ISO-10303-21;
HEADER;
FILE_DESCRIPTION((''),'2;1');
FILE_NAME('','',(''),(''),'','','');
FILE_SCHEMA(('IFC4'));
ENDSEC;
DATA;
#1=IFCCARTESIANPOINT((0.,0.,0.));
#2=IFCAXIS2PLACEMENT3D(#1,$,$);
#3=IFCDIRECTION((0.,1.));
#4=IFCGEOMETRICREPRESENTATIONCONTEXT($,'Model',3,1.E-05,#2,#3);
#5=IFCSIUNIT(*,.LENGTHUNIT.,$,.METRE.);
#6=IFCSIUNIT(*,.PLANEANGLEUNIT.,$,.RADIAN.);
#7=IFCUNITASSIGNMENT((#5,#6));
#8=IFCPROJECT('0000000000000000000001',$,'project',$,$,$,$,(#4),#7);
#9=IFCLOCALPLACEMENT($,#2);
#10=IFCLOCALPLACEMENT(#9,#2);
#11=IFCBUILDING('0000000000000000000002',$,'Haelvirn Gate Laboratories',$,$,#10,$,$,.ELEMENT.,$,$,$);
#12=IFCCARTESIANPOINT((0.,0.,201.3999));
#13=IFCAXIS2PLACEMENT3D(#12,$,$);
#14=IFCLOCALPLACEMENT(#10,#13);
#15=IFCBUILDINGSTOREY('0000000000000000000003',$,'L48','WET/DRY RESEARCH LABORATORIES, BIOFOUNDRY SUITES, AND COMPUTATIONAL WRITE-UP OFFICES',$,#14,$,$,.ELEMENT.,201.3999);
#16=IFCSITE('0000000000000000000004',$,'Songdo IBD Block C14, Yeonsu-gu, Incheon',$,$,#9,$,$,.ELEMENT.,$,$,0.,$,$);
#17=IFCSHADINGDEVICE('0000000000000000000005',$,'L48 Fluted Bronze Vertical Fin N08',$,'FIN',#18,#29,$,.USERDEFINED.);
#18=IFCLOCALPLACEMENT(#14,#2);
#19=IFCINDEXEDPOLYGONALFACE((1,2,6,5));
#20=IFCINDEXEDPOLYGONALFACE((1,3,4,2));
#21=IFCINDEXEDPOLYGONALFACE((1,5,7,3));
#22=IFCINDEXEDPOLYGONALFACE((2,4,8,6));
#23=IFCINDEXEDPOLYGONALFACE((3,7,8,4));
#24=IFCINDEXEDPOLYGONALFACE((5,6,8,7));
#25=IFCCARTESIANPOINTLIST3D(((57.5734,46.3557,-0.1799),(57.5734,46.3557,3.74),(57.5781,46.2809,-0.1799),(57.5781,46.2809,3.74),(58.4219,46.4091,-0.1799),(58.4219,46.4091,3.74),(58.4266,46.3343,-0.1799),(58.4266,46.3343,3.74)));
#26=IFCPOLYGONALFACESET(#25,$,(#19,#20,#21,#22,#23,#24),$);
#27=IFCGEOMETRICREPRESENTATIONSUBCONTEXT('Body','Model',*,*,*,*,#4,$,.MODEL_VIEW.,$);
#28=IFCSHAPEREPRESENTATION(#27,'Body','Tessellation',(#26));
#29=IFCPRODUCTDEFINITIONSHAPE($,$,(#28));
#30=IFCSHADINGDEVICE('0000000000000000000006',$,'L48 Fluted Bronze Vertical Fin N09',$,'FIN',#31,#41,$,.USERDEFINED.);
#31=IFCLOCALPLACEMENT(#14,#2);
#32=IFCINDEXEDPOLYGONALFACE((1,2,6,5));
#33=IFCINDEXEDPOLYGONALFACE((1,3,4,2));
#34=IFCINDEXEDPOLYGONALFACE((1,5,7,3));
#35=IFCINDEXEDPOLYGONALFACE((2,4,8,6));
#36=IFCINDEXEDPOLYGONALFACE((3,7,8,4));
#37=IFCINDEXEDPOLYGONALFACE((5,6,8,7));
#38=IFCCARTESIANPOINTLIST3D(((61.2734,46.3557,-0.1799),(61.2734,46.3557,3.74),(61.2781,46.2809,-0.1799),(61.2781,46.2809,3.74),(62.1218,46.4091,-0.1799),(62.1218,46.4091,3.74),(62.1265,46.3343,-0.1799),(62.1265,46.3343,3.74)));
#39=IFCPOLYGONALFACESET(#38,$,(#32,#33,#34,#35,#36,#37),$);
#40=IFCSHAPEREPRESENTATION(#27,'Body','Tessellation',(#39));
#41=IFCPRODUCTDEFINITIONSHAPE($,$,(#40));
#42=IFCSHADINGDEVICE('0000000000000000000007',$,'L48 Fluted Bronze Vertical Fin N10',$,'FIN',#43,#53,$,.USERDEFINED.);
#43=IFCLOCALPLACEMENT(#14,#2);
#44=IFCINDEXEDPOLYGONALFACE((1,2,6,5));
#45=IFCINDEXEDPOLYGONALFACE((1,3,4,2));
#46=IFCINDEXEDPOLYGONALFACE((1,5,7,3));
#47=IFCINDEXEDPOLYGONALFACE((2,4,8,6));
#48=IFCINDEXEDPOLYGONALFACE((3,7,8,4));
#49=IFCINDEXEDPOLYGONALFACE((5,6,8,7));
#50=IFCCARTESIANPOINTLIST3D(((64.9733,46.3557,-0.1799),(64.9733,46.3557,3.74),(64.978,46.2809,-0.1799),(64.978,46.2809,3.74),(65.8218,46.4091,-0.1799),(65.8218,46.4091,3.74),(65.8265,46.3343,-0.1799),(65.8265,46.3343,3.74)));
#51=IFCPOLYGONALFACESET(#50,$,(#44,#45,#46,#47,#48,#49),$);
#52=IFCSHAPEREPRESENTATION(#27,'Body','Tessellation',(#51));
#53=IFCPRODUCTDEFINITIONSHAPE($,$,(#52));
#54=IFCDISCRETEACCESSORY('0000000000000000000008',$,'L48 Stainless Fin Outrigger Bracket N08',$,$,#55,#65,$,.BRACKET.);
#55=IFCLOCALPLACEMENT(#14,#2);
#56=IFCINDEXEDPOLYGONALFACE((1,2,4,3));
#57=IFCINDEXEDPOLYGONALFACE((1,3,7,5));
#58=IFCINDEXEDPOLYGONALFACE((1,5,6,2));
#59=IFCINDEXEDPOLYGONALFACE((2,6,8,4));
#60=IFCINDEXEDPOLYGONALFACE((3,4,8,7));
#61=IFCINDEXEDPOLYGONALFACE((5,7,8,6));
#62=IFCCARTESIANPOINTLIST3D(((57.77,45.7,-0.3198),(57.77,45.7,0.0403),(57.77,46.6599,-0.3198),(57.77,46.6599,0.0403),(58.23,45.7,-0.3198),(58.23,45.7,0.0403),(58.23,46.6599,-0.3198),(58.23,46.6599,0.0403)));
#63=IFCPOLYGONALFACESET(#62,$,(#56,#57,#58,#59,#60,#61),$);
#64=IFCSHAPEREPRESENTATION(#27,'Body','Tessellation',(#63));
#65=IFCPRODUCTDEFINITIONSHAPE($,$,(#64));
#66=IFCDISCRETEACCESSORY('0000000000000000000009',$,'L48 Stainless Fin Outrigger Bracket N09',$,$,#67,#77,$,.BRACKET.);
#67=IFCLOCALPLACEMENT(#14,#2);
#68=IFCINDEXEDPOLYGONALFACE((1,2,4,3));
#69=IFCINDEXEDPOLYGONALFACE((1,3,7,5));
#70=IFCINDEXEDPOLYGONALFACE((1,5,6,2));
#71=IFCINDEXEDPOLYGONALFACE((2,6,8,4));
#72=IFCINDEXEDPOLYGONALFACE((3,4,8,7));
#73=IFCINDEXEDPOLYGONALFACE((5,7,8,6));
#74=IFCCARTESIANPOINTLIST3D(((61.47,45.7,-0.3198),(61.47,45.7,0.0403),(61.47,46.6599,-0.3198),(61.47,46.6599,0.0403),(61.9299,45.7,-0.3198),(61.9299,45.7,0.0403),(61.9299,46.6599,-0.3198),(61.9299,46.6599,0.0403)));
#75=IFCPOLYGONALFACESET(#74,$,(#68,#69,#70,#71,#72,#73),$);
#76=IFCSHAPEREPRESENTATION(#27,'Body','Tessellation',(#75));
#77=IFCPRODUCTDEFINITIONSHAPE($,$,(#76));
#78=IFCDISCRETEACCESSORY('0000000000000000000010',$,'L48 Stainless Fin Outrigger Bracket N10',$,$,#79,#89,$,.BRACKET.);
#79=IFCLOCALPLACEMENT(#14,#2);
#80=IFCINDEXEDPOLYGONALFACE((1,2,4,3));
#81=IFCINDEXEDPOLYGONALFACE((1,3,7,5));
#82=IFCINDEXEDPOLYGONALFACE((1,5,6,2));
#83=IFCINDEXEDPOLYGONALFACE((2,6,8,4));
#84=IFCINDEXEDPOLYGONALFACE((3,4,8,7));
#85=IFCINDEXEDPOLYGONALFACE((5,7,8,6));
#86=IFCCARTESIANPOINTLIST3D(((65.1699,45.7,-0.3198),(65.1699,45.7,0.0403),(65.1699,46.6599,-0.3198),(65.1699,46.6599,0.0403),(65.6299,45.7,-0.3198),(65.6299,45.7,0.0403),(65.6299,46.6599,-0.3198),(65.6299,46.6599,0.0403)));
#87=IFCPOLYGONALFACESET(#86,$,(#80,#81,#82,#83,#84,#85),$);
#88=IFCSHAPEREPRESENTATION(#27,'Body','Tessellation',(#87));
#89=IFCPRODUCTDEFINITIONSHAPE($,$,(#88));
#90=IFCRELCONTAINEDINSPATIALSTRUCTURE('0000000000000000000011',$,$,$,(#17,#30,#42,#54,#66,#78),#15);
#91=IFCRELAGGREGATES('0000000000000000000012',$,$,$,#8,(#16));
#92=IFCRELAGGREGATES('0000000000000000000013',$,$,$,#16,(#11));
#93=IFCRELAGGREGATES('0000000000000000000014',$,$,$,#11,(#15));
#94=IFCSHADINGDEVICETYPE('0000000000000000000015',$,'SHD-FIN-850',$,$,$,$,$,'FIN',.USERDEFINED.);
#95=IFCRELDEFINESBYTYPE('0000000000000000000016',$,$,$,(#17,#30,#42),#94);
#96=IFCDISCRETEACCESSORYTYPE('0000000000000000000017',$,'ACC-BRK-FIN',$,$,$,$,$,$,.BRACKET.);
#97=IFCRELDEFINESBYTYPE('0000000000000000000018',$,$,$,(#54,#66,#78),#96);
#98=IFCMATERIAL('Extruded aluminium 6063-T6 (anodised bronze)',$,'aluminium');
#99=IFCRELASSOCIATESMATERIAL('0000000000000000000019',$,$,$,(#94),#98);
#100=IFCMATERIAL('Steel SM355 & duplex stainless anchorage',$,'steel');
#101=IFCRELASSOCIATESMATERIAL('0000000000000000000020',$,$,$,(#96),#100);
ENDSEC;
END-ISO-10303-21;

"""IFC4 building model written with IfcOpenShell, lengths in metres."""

from ifc_helpers import new_model, si_unit, direction, frame, origin, origin_2d, place, context, subcontext, project, spatial, rectangle, extrude, source, transform, mapped, material, material_profile, profile_set, type_object, type_shapes, element, save


model = new_model("IFC4")

# Units and contexts
model_context = context("Model", 3, precision=1e-05, world=origin(), true_north=direction((0.0, 1.0)))
body_context = subcontext(model_context, "Body", "Model", "MODEL_VIEW")
ifc_project = project(units=[si_unit("LENGTHUNIT", "METRE"), si_unit("PLANEANGLEUNIT", "RADIAN")], contexts=[model_context])

# Site, building, storey
site_placement = place(None, origin())
site = spatial("IfcSite", under=ifc_project, at=site_placement, Name="Songdo IBD Block C14, Yeonsu-gu, Incheon", CompositionType="ELEMENT", RefElevation=0.0)
building_placement = place(site_placement, origin())
building = spatial("IfcBuilding", under=site, at=building_placement, Name="Haelvirn Gate Laboratories", CompositionType="ELEMENT")
storey_placement = place(building_placement, frame((0.0, 0.0, 201.3999)))
storey = spatial("IfcBuildingStorey", under=building, at=storey_placement, Name="L48", Description="WET/DRY RESEARCH LABORATORIES, BIOFOUNDRY SUITES, AND COMPUTATIONAL WRITE-UP OFFICES", CompositionType="ELEMENT", Elevation=201.3999)

# Shared definitions
ifc_material_1 = material(Name="Extruded aluminium 6063-T6 (anodised bronze)", Category="aluminium")

# Shading devices
ifc_material_profile_1 = material_profile(ifc_material_1, rectangle(XDim=0.075, YDim=0.8501, at=origin_2d()), Name="FIN-850x75")
ifc_profile_set_1 = profile_set([ifc_material_profile_1], Name="Extruded aluminium 6063-T6 (anodised bronze)")
shading_device_type = type_object("IfcShadingDeviceType", Name="SHD-FIN-850", ElementType="FIN", PredefinedType="USERDEFINED", material=ifc_profile_set_1)
shared_shape_1 = source(origin(), body_context, "Body", "SweptSolid", [
    extrude(rectangle(XDim=0.075, YDim=0.8501, at=origin_2d()), origin(), (0.0, 0.0, 1.0), 3.9199),
])
type_shapes(shading_device_type, [shared_shape_1])
for number, where, z_axis, x_axis, name in (
    (1, (58.0, 46.345, -0.1799), (0.0, 0.0, 1.0), (-0.062791, 0.998027, 0.0), "L48 Fluted Bronze Vertical Fin N08"),
    (2, (61.7, 46.345, -0.1799), (0.0, 0.0, 1.0), (-0.062791, 0.998027, 0.0), "L48 Fluted Bronze Vertical Fin N09"),
    (3, (65.3999, 46.345, -0.1799), (0.0, 0.0, 1.0), (-0.062791, 0.998027, 0.0), "L48 Fluted Bronze Vertical Fin N10"),
):
    element("IfcShadingDevice", number, at=place(storey_placement, frame(where, z_axis=z_axis, x_axis=x_axis)), inside=storey, type_object=shading_device_type, Name=name, ObjectType="FIN", PredefinedType="USERDEFINED", context=body_context, shape_type="MappedRepresentation", body=[
        mapped(shared_shape_1, transform((0.0, 0.0, 0.0), scale=1.0)),
    ])

# Discrete accessories
ifc_material_2 = material(Name="Steel SM355 & duplex stainless anchorage", Category="steel")
discrete_accessory_type = type_object("IfcDiscreteAccessoryType", Name="ACC-BRK-FIN", PredefinedType="BRACKET", material=ifc_material_2)
shared_shape_2 = source(origin(), body_context, "Body", "SweptSolid", [
    extrude(rectangle(XDim=0.46, YDim=0.96, at=origin_2d()), origin(), (0.0, 0.0, 1.0), 0.3601),
])
type_shapes(discrete_accessory_type, [shared_shape_2])
for number, where, z_axis, x_axis, name in (
    (4, (58.0, 46.1799, -0.3198), (0.0, 0.0, 1.0), (1.0, 0.0, 0.0), "L48 Stainless Fin Outrigger Bracket N08"),
    (5, (61.7, 46.1799, -0.3198), (0.0, 0.0, 1.0), (1.0, 0.0, 0.0), "L48 Stainless Fin Outrigger Bracket N09"),
    (6, (65.3999, 46.1799, -0.3198), (0.0, 0.0, 1.0), (1.0, 0.0, 0.0), "L48 Stainless Fin Outrigger Bracket N10"),
):
    element("IfcDiscreteAccessory", number, at=place(storey_placement, frame(where, z_axis=z_axis, x_axis=x_axis)), inside=storey, type_object=discrete_accessory_type, Name=name, PredefinedType="BRACKET", context=body_context, shape_type="MappedRepresentation", body=[
        mapped(shared_shape_2, transform((0.0, 0.0, 0.0), scale=1.0)),
    ])

save(model, "model.ifc")
